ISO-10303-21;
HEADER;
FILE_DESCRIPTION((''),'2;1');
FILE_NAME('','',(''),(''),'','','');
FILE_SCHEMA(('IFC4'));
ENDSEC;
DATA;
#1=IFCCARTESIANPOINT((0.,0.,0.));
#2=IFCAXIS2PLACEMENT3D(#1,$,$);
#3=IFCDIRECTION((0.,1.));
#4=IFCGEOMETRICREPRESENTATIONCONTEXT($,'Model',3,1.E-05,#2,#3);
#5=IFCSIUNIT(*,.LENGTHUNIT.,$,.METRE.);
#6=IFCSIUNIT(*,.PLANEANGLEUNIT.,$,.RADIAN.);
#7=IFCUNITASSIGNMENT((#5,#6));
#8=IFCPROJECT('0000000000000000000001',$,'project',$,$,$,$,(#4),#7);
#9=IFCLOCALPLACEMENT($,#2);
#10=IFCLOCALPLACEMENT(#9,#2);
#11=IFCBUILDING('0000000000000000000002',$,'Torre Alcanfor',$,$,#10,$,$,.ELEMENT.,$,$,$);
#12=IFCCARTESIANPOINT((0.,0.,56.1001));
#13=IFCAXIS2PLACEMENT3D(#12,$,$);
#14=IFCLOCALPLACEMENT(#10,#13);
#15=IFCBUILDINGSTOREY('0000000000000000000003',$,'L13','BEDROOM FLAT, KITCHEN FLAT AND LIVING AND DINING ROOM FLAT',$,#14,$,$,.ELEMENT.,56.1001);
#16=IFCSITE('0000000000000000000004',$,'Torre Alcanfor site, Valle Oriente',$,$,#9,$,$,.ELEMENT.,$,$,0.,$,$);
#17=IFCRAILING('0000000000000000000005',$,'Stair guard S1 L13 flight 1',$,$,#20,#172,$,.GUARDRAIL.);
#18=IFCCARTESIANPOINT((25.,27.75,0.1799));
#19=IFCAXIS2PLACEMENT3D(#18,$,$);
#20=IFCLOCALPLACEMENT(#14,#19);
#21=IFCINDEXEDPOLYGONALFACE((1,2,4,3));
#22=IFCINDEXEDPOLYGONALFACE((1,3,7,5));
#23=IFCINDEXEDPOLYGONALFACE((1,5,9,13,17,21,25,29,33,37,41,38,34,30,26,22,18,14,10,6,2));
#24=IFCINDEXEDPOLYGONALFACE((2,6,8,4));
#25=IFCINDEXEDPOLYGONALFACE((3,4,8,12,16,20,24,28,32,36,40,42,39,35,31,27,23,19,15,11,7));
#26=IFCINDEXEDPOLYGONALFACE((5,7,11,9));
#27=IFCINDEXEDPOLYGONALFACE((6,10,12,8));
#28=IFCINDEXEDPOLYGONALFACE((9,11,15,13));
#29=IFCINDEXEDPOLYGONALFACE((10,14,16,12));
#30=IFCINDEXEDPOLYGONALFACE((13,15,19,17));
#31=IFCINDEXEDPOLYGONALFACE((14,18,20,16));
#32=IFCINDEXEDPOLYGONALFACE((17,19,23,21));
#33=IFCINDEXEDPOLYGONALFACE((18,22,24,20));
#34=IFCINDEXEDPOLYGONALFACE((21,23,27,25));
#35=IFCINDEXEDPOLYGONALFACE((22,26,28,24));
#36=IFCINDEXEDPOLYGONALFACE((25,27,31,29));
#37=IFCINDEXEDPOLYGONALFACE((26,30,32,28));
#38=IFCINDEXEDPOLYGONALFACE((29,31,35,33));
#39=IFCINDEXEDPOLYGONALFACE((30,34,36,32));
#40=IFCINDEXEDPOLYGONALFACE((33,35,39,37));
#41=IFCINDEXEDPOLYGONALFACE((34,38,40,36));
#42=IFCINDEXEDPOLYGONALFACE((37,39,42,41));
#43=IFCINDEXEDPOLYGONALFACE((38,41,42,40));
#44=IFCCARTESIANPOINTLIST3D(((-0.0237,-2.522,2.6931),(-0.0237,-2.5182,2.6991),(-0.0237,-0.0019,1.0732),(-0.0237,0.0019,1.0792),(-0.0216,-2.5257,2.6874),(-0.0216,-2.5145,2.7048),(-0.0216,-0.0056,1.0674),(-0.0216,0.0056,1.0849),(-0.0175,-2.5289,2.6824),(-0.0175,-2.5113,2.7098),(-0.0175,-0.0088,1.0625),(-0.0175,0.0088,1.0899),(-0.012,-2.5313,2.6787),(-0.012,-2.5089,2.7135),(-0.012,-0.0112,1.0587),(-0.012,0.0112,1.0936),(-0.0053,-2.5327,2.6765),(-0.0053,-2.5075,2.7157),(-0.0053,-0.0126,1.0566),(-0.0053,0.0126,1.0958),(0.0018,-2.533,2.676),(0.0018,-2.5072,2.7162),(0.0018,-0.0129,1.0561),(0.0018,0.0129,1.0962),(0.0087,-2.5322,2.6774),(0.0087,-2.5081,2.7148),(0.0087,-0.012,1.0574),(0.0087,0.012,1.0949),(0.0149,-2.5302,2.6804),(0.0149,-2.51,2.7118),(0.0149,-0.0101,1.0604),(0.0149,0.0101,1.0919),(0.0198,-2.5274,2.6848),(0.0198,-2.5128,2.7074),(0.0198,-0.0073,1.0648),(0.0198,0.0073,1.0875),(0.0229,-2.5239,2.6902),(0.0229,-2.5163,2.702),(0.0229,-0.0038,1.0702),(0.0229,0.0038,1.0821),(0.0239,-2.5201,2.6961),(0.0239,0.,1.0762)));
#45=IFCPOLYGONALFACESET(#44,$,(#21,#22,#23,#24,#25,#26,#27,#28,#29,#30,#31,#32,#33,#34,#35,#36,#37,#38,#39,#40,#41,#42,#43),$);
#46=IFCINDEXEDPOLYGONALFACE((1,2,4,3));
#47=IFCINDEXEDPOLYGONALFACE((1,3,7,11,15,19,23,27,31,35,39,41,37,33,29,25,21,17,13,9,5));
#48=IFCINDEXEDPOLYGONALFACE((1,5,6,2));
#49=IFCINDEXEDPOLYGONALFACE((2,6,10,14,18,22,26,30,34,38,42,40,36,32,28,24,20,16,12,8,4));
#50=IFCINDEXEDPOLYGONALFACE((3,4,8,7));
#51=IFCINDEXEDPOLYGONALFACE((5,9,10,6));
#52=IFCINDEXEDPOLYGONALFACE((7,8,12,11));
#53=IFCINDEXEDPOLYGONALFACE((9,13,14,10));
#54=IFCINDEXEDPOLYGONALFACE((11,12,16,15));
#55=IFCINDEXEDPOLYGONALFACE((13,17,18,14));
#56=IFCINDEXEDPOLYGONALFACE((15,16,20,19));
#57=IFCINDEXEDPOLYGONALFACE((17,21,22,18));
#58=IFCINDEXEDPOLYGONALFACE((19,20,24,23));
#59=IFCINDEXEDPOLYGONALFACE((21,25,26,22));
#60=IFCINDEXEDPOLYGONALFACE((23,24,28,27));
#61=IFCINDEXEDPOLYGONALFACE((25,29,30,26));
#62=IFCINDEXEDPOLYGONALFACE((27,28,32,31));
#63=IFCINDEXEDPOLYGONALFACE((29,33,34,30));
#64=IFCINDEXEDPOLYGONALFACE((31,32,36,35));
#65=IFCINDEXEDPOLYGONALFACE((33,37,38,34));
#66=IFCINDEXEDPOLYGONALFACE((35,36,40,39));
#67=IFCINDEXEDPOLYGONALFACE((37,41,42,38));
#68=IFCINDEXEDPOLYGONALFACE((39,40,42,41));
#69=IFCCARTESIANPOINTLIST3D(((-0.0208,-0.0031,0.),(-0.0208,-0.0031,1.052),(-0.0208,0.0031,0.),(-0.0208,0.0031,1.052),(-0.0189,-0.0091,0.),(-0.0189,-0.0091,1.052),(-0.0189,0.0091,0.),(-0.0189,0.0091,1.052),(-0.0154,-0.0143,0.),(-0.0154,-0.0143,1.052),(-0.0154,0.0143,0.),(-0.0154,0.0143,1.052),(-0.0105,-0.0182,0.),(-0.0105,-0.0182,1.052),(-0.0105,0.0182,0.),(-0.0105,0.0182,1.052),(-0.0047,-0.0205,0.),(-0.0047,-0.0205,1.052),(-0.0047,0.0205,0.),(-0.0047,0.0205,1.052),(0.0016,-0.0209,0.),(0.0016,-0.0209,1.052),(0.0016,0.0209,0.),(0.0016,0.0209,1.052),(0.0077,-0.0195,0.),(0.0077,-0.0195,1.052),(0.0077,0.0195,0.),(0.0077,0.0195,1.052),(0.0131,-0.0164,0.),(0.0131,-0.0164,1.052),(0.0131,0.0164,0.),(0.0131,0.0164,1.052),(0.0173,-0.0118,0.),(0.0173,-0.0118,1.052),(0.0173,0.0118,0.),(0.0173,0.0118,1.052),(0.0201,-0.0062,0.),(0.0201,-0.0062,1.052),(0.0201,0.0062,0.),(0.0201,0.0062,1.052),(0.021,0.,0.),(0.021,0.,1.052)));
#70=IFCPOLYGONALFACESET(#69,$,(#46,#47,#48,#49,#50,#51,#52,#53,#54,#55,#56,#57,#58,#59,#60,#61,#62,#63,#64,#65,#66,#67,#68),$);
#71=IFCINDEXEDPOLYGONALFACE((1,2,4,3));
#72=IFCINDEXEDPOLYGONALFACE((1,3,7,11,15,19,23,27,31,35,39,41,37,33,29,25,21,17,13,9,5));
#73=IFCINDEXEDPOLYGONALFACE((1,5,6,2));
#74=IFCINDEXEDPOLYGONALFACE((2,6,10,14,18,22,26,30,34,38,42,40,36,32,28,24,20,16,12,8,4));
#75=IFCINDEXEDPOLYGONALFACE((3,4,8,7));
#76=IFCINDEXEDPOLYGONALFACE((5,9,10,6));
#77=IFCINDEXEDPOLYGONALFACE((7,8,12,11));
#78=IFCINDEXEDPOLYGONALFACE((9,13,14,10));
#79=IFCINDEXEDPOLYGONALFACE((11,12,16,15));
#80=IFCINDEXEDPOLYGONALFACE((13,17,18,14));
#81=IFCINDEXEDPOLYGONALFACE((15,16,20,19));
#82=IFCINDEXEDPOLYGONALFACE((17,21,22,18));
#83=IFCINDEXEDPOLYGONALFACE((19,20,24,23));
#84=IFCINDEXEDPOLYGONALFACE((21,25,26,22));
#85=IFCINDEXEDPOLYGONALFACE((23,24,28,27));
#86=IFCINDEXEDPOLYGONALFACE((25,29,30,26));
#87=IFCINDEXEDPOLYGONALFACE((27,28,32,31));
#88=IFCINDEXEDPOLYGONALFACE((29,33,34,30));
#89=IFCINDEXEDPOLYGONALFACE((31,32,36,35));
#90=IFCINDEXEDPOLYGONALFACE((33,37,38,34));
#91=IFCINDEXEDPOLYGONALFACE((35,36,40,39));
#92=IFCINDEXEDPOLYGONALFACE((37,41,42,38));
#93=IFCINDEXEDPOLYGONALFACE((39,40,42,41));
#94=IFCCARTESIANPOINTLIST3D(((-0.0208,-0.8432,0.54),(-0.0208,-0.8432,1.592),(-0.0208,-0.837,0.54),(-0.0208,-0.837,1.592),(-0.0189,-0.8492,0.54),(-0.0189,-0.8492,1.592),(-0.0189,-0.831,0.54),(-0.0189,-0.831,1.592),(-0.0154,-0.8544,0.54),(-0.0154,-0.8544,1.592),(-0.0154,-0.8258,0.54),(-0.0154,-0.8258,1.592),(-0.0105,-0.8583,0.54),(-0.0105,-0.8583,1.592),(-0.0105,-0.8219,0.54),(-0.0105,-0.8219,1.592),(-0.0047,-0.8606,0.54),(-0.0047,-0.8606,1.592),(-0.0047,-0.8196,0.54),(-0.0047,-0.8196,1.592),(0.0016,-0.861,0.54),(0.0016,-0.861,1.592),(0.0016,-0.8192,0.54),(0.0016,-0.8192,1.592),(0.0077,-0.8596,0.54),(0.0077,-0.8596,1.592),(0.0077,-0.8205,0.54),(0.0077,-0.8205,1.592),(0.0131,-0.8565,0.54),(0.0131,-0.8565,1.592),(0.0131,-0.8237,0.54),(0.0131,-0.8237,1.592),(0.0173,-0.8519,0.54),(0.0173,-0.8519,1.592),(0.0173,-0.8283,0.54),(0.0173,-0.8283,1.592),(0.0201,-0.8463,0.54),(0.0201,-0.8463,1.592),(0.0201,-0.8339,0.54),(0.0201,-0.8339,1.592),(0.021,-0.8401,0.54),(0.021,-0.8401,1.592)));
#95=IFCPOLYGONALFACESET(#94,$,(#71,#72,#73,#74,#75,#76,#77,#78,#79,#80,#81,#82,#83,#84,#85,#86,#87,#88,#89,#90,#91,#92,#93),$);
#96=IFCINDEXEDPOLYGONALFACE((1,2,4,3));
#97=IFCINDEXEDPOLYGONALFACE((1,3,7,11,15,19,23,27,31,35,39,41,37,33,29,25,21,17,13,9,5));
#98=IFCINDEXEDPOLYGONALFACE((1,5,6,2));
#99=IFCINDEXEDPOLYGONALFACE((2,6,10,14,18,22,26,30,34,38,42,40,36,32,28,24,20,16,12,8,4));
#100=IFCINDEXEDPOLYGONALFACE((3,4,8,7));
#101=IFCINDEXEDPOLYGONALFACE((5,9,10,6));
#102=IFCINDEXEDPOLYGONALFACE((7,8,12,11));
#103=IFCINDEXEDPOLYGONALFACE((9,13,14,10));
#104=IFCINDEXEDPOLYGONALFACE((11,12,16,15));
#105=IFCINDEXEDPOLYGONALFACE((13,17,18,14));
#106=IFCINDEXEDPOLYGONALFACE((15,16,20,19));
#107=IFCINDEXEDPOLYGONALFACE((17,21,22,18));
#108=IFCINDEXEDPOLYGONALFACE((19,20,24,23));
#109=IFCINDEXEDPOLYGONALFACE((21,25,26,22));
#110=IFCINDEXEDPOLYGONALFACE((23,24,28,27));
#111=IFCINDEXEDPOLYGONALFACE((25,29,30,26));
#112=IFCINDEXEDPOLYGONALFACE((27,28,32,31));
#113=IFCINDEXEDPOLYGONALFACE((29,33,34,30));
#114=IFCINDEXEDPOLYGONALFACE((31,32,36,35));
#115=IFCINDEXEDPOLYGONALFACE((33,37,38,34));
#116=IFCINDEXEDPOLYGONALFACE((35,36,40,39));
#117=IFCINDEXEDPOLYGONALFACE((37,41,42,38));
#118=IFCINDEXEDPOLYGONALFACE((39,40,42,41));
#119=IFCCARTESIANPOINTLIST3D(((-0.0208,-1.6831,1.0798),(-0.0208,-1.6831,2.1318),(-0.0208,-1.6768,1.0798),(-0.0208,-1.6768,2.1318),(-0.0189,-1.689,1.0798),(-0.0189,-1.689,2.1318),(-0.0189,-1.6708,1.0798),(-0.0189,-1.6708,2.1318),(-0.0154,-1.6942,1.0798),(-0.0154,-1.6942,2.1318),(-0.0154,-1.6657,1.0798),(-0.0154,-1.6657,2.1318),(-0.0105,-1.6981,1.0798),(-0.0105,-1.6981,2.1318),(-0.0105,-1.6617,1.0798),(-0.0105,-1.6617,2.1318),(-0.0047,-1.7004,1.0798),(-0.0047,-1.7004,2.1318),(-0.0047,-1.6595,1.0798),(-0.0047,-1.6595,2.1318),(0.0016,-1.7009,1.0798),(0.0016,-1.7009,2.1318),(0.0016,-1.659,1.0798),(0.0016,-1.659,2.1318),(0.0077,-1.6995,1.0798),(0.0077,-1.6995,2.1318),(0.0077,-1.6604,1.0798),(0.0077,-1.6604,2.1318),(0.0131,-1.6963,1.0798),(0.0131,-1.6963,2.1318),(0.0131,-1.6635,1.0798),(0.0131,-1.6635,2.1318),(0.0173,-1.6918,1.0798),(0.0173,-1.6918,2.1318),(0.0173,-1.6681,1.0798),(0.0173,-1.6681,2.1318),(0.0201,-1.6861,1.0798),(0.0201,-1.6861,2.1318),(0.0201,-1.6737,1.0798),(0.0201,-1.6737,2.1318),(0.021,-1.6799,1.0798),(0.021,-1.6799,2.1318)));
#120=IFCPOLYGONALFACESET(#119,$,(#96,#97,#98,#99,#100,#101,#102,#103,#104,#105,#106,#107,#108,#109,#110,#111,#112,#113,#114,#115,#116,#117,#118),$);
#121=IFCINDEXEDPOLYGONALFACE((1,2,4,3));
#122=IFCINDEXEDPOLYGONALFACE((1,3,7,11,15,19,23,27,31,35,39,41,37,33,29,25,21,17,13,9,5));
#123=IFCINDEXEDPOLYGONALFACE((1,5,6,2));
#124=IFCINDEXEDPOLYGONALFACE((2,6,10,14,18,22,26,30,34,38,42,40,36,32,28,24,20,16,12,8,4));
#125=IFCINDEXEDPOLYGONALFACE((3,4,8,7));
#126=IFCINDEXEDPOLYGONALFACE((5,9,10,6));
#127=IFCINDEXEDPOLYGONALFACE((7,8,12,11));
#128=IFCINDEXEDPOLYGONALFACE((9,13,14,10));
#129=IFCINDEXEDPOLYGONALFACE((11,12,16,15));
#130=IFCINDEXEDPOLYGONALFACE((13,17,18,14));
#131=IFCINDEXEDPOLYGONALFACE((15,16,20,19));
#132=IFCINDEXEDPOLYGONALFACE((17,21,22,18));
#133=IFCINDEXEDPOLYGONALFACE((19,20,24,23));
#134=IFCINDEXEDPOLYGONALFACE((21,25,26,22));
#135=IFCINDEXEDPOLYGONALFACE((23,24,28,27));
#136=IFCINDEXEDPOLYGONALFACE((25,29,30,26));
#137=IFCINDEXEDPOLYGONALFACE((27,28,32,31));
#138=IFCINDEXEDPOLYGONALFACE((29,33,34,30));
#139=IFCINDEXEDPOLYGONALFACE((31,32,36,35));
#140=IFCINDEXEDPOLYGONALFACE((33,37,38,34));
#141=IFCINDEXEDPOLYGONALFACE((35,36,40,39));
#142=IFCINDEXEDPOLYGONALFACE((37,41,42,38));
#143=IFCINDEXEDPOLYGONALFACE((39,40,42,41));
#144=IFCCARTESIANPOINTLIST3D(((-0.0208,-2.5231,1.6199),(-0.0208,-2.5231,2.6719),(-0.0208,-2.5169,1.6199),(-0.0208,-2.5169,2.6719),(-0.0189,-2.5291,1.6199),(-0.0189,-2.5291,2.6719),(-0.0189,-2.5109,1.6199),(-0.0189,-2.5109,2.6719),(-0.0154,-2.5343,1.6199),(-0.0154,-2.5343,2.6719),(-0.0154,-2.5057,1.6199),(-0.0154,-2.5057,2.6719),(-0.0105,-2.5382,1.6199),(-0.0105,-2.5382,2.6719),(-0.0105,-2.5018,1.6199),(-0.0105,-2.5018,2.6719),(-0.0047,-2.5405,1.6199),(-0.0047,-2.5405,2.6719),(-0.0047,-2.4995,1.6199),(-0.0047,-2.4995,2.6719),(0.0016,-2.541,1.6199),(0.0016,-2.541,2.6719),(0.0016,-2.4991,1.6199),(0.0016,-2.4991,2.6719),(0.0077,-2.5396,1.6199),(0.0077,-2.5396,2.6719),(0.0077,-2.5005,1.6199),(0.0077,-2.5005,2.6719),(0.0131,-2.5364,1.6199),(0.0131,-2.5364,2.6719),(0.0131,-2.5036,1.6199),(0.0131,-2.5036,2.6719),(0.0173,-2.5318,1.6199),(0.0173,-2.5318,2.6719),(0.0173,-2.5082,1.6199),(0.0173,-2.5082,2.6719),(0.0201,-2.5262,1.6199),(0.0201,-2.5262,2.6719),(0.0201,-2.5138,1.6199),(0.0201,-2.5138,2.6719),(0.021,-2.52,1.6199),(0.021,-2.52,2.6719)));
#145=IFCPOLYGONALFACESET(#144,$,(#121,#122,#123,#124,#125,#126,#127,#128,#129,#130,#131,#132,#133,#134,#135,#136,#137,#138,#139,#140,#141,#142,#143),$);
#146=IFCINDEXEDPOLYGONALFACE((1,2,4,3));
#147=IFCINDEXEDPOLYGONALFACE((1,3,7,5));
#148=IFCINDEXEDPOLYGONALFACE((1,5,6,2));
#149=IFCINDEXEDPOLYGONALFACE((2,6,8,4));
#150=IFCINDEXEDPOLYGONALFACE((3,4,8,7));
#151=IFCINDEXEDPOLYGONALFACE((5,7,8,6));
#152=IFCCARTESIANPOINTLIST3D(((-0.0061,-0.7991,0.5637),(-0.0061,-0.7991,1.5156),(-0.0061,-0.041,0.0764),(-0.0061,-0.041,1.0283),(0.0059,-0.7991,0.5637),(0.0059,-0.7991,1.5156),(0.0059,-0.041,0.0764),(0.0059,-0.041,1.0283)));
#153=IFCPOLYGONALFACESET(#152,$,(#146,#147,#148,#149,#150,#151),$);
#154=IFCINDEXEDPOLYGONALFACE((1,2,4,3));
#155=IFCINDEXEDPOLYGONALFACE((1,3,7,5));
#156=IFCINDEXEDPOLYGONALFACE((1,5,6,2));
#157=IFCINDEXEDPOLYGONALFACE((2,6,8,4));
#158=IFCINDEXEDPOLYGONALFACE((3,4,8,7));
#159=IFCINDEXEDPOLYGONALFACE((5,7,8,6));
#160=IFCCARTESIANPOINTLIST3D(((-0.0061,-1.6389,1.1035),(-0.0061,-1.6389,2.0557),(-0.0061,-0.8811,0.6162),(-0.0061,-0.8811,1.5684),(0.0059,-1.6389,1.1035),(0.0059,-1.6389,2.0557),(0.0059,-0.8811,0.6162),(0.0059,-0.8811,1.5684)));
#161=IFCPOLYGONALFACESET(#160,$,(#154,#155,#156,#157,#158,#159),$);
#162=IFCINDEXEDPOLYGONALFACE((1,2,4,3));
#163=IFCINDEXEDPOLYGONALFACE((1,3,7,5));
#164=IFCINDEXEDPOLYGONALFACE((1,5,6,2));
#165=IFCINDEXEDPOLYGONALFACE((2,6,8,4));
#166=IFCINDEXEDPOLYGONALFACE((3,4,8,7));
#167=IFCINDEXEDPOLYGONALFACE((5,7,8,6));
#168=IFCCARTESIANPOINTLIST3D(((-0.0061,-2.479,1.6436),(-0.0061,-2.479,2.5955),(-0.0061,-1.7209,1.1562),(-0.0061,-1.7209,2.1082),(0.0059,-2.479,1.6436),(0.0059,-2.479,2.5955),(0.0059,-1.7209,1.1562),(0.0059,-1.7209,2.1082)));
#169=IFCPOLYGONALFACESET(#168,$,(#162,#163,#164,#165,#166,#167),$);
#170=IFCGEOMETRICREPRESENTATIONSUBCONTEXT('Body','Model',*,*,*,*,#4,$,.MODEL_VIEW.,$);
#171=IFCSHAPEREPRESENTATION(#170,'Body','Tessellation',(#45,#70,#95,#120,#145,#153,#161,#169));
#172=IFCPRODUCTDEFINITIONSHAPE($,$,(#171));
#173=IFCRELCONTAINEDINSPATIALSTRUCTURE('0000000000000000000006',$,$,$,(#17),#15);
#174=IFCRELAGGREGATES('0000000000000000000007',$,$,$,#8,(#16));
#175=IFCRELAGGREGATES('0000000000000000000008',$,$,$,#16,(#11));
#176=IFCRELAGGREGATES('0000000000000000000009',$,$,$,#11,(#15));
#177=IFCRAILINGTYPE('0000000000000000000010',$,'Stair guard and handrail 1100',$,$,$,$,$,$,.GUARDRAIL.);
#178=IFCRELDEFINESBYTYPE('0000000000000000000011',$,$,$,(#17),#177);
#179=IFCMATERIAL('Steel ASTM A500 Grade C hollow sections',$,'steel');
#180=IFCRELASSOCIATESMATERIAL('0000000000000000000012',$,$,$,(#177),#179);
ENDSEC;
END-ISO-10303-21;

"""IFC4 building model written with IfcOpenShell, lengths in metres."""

from ifc_helpers import new_model, si_unit, direction, frame, origin, origin_2d, place, context, subcontext, project, spatial, polyline, circle, outline, extrude, material, type_object, element, save


model = new_model("IFC4")

# Units and contexts
model_context = context("Model", 3, precision=1e-05, world=origin(), true_north=direction((0.0, 1.0)))
body_context = subcontext(model_context, "Body", "Model", "MODEL_VIEW")
ifc_project = project(units=[si_unit("LENGTHUNIT", "METRE"), si_unit("PLANEANGLEUNIT", "RADIAN")], contexts=[model_context])

# Site, building, storey
site_placement = place(None, origin())
site = spatial("IfcSite", under=ifc_project, at=site_placement, Name="Torre Alcanfor site, Valle Oriente", CompositionType="ELEMENT", RefElevation=0.0)
building_placement = place(site_placement, origin())
building = spatial("IfcBuilding", under=site, at=building_placement, Name="Torre Alcanfor", CompositionType="ELEMENT")
storey_placement = place(building_placement, frame((0.0, 0.0, 56.1001)))
storey = spatial("IfcBuildingStorey", under=building, at=storey_placement, Name="L13", Description="BEDROOM FLAT, KITCHEN FLAT AND LIVING AND DINING ROOM FLAT", CompositionType="ELEMENT", Elevation=56.1001)

# Railing
ifc_material_1 = material(Name="Steel ASTM A500 Grade C hollow sections", Category="steel")
railing_type_1 = type_object("IfcRailingType", Name="Stair guard and handrail 1100", PredefinedType="GUARDRAIL", material=ifc_material_1)
railing_1_placement = place(storey_placement, frame((25.0, 27.75, 0.1799)))
element("IfcRailing", 1, at=railing_1_placement, inside=storey, type_object=railing_type_1, Name="Stair guard S1 L13 flight 1", PredefinedType="GUARDRAIL", context=body_context, shape_type="SweptSolid", body=[
    extrude(circle(Radius=0.0239, at=origin_2d()), frame((0.0, 0.0, 1.0762), z_axis=(0.0, -0.8412, 0.540725), x_axis=(1.0, 0.0, 0.0)), (0.0, 0.0, 1.0), 2.9958),
    extrude(circle(Radius=0.021, at=origin_2d()), origin(), (0.0, 0.0, 1.0), 1.052),
    extrude(circle(Radius=0.021, at=origin_2d()), frame((0.0, -0.8401, 0.54)), (0.0, 0.0, 1.0), 1.052),
    extrude(circle(Radius=0.021, at=origin_2d()), frame((0.0, -1.6799, 1.0798)), (0.0, 0.0, 1.0), 1.052),
    extrude(circle(Radius=0.021, at=origin_2d()), frame((0.0, -2.52, 1.6199)), (0.0, 0.0, 1.0), 1.052),
    extrude(outline(polyline([(0.041, 0.0764), (0.7991, 0.5637), (0.7991, 1.5156), (0.041, 1.0283), (0.041, 0.0764)])), frame((0.0059, 0.0, 0.0), z_axis=(-1.0, 0.0, 0.0), x_axis=(0.0, -1.0, 0.0)), (0.0, 0.0, 1.0), 0.012),
    extrude(outline(polyline([(0.8811, 0.6162), (1.6389, 1.1035), (1.6389, 2.0557), (0.8811, 1.5684), (0.8811, 0.6162)])), frame((0.0059, 0.0, 0.0), z_axis=(-1.0, 0.0, 0.0), x_axis=(0.0, -1.0, 0.0)), (0.0, 0.0, 1.0), 0.012),
    extrude(outline(polyline([(1.7209, 1.1562), (2.479, 1.6436), (2.479, 2.5955), (1.7209, 2.1082), (1.7209, 1.1562)])), frame((0.0059, 0.0, 0.0), z_axis=(-1.0, 0.0, 0.0), x_axis=(0.0, -1.0, 0.0)), (0.0, 0.0, 1.0), 0.012),
])

save(model, "model.ifc")
